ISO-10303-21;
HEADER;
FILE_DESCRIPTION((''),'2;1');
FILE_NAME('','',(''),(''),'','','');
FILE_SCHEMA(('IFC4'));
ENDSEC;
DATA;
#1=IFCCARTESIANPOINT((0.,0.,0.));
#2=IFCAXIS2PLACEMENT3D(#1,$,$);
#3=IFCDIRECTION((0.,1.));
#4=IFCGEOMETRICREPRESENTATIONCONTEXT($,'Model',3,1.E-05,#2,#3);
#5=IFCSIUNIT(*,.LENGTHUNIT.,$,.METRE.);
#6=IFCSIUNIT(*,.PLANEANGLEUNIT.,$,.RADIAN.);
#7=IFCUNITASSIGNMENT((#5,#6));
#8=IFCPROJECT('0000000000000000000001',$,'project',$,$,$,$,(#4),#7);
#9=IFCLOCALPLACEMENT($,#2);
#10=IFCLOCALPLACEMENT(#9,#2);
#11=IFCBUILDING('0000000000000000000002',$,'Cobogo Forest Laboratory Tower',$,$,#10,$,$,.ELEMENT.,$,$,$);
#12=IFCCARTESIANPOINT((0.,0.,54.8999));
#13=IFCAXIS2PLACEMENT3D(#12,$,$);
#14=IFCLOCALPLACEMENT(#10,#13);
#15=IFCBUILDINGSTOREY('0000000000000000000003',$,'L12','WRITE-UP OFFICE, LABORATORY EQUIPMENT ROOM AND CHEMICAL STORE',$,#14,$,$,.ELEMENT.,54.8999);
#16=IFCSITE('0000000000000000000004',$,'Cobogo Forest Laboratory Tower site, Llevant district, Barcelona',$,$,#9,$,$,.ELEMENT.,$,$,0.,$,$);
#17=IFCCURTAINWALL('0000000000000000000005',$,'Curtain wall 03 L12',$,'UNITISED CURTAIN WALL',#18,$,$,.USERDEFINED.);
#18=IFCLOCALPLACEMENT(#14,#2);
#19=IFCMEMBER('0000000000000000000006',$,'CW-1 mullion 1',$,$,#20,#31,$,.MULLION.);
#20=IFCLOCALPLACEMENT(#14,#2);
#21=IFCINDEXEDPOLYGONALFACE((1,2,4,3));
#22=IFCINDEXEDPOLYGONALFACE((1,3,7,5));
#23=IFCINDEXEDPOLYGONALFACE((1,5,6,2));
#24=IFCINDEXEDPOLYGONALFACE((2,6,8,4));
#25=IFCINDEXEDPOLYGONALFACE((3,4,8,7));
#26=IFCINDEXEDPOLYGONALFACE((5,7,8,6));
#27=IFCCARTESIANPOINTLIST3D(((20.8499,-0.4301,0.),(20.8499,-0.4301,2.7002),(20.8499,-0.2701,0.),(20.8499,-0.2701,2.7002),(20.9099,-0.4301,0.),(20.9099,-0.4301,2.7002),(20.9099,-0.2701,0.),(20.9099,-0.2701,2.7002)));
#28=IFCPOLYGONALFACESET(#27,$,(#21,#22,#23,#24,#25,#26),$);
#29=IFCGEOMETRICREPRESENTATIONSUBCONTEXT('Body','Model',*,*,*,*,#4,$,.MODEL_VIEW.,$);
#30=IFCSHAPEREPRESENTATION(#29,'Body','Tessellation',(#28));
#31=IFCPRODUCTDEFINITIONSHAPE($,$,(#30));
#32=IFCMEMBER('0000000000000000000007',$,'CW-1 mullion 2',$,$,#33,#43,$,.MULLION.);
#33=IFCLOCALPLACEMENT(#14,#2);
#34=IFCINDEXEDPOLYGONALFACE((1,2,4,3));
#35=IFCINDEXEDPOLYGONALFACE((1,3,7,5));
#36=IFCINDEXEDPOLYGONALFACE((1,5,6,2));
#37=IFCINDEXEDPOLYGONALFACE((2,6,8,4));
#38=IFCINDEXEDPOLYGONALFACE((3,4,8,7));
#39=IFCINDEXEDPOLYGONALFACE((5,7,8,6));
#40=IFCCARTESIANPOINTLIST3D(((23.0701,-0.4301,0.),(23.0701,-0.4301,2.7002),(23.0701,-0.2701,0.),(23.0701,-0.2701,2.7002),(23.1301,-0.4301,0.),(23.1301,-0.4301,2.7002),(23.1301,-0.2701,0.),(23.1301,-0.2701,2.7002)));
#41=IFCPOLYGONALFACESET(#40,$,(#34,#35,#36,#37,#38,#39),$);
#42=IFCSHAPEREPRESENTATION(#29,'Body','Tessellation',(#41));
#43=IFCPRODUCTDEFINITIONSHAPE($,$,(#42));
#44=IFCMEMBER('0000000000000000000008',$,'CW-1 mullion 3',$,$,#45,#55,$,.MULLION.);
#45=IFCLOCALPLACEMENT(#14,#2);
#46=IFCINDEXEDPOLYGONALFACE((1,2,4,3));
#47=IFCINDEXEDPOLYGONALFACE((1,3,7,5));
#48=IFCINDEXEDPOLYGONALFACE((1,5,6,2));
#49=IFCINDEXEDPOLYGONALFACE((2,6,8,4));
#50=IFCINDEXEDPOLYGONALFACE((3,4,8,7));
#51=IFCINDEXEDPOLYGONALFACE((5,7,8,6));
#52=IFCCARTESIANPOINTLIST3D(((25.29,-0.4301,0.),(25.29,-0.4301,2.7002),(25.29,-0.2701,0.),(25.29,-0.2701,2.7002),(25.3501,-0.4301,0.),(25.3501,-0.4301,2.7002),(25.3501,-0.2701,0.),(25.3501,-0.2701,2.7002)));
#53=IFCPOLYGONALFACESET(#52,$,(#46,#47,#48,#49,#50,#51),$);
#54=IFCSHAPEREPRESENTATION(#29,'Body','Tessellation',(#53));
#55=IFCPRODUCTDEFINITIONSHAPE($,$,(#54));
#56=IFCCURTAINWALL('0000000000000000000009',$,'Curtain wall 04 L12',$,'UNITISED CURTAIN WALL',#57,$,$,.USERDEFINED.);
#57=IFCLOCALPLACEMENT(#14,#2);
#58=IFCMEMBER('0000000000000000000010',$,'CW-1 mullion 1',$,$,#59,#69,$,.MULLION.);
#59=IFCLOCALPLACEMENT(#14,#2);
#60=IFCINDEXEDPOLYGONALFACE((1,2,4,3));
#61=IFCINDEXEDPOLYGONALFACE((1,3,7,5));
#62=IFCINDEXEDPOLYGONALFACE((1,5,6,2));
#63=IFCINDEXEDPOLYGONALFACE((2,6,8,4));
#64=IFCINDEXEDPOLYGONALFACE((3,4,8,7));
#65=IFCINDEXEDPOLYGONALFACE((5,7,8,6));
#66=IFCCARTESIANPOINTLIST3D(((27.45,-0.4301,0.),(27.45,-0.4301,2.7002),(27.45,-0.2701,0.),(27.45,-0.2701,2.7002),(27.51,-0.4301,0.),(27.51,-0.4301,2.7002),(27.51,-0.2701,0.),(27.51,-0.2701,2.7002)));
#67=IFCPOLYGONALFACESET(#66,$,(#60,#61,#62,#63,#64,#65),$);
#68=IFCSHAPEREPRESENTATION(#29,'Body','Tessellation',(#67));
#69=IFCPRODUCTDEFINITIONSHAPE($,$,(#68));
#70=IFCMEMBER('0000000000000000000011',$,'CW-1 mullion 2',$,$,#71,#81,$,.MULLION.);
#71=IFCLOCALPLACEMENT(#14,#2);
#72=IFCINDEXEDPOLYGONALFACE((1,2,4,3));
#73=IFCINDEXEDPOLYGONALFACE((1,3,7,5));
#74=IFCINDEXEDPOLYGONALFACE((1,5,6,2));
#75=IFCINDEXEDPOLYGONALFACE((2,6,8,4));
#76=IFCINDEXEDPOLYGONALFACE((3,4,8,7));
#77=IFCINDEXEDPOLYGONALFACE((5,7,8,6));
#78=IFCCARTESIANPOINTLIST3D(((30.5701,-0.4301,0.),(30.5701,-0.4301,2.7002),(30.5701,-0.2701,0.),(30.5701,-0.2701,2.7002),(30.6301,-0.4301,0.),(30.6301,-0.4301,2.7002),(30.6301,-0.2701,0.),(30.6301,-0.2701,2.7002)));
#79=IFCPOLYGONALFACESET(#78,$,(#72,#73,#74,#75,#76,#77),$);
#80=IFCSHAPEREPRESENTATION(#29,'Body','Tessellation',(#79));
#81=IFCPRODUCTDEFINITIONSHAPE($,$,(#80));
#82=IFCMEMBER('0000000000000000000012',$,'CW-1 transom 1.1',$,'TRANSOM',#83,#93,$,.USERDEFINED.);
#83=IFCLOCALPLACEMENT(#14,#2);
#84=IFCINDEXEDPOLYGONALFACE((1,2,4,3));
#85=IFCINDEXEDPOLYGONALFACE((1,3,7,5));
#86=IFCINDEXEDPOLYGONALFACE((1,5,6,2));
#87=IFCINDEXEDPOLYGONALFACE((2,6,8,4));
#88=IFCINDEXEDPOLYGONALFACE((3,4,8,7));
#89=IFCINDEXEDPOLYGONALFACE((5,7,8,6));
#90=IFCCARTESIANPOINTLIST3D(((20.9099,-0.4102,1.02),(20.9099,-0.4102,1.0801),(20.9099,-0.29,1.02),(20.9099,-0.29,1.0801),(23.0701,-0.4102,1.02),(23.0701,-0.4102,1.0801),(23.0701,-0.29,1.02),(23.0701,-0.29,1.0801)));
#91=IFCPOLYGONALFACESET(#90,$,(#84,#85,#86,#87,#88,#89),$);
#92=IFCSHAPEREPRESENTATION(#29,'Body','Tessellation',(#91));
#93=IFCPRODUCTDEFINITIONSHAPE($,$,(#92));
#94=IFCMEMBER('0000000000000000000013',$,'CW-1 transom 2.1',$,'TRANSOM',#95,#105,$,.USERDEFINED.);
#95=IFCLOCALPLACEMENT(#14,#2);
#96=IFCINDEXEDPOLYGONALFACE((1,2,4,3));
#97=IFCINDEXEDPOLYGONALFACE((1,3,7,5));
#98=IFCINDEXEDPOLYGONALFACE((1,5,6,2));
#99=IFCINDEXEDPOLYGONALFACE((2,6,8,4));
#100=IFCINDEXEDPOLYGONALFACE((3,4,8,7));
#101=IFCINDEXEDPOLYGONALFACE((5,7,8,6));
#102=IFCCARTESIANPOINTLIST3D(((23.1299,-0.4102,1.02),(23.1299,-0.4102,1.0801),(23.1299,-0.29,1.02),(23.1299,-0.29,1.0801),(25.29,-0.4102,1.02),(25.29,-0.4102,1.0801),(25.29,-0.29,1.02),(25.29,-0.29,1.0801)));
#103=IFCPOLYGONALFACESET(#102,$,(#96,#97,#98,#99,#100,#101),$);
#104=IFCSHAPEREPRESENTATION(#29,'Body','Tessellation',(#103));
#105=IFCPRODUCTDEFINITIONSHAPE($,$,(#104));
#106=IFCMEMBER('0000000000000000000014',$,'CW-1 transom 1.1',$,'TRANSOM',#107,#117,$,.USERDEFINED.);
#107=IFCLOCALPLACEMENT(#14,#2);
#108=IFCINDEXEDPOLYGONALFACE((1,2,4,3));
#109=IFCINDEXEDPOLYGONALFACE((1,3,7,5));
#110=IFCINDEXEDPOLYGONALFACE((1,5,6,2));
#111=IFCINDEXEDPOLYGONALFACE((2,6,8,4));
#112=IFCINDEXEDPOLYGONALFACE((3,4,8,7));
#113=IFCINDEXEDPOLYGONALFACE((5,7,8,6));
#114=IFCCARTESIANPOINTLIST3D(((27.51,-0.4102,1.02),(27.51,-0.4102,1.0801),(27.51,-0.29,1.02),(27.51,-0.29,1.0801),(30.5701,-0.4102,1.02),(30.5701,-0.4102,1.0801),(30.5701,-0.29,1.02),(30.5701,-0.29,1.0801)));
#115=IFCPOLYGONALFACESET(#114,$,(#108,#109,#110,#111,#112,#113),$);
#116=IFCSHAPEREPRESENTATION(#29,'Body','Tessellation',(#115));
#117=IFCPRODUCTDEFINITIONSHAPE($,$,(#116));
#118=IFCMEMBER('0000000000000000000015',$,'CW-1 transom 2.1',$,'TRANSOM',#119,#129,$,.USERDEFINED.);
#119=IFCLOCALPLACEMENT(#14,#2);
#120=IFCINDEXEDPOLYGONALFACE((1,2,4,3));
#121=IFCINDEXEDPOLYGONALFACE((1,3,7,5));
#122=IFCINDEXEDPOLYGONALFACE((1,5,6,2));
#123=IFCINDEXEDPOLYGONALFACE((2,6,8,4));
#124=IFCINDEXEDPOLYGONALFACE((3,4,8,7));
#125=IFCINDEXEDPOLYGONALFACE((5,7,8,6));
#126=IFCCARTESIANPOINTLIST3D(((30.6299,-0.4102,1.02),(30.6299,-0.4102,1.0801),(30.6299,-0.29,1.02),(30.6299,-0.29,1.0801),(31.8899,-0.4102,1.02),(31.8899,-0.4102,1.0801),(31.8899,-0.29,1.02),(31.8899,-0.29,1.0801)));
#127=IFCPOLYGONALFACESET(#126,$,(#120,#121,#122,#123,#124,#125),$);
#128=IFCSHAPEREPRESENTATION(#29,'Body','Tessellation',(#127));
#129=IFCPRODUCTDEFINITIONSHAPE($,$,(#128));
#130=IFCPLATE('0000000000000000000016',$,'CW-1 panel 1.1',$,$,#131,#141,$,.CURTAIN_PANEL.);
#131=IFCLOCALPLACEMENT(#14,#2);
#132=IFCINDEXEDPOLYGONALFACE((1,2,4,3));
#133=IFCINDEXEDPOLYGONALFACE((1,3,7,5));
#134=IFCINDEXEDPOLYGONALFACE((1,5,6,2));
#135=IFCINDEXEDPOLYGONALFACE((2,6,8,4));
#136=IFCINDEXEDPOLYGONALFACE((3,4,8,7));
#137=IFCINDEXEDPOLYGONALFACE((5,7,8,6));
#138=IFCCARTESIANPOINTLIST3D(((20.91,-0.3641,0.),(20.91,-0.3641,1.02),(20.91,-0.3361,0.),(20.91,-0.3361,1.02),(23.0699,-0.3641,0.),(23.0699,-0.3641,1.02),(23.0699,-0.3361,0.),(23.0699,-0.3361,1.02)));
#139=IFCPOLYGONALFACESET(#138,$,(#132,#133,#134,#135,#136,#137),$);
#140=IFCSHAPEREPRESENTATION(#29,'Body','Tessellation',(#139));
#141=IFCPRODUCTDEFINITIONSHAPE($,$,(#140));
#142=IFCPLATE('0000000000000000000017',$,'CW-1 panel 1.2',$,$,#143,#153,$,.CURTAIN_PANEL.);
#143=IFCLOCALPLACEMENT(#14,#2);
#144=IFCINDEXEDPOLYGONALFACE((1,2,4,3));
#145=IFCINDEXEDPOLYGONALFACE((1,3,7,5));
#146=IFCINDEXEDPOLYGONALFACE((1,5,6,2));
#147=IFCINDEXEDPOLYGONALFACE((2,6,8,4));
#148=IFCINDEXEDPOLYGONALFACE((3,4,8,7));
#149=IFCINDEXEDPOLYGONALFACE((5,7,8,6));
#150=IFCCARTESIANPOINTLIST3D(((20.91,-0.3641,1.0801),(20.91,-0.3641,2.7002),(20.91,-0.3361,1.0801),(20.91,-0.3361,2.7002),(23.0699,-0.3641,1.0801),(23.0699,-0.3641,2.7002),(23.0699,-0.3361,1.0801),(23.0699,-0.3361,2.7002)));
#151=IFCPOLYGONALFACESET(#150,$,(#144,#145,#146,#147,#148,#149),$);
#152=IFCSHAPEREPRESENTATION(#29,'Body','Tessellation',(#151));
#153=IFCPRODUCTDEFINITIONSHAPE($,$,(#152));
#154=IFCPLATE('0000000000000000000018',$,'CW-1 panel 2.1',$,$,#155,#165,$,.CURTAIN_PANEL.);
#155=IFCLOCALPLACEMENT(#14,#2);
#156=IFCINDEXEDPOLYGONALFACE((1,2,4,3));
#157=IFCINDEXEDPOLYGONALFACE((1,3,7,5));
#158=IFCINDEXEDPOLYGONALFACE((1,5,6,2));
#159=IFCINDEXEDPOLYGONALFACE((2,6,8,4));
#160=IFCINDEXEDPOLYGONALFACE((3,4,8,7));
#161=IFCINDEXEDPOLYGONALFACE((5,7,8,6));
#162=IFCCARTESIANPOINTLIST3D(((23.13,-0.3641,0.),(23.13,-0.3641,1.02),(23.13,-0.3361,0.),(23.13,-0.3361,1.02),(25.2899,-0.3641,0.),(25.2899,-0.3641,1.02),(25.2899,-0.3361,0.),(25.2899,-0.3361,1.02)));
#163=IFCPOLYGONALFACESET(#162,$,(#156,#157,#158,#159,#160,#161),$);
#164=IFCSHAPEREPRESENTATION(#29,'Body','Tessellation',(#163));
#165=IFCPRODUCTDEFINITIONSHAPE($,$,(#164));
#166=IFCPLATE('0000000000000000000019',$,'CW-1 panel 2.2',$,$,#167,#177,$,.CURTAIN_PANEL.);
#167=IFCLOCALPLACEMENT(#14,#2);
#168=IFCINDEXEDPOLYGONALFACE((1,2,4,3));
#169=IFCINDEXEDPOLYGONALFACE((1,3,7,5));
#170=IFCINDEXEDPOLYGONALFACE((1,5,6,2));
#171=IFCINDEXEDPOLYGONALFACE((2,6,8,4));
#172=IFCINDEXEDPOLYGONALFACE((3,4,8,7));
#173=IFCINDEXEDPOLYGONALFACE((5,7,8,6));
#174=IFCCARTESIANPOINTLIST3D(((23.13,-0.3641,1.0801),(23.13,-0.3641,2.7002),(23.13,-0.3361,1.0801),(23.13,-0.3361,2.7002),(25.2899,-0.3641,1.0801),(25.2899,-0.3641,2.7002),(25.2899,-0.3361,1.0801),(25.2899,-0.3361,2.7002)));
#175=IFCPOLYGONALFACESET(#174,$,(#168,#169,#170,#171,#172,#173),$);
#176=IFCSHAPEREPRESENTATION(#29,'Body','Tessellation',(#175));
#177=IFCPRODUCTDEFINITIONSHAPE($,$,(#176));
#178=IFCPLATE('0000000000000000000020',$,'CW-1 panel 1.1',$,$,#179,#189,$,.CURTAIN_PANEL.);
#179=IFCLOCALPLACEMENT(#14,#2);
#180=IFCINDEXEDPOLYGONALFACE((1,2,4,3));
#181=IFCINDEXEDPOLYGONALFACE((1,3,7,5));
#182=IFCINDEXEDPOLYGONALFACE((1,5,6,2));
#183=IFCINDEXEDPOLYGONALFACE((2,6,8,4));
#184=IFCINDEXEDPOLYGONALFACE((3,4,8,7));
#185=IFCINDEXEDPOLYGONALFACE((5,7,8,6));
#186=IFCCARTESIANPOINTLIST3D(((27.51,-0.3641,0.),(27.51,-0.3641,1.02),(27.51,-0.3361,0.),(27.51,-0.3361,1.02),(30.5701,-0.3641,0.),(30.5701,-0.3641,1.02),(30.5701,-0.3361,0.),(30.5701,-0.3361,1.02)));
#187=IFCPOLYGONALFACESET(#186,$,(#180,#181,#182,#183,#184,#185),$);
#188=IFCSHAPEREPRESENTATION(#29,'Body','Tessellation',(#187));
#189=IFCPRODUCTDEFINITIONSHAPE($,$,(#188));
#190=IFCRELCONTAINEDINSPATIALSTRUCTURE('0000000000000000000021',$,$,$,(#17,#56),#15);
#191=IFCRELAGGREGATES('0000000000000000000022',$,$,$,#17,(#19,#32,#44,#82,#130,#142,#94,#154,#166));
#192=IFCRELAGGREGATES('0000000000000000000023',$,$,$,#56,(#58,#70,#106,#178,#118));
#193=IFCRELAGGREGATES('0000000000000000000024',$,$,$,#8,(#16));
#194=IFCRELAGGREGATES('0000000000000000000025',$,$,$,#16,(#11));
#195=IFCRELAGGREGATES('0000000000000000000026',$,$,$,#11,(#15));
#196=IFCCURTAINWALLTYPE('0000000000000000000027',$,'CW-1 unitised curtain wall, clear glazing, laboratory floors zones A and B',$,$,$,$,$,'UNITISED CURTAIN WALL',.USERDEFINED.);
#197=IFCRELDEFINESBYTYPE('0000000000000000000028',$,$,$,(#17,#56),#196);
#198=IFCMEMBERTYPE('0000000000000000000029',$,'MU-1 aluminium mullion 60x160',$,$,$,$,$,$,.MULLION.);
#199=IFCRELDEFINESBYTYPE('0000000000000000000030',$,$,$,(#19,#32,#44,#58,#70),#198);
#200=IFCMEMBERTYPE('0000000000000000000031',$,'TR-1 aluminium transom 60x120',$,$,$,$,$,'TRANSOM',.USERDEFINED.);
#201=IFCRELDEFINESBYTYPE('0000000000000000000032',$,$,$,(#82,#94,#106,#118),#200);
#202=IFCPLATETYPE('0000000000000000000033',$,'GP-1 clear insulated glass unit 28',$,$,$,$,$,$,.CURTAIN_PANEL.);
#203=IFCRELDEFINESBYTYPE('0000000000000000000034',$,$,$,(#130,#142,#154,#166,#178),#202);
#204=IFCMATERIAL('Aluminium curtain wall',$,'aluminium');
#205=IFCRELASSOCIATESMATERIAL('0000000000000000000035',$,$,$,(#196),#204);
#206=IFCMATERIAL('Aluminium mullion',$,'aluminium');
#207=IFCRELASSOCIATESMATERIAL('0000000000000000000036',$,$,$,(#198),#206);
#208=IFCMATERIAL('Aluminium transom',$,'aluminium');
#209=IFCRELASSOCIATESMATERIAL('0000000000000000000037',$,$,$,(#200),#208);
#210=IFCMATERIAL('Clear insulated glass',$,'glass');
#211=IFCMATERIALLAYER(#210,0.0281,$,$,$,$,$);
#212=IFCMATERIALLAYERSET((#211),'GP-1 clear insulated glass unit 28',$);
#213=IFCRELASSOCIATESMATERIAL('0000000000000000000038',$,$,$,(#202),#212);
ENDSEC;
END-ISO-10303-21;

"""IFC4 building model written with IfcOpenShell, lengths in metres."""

from ifc_helpers import new_model, si_unit, direction, frame, origin, origin_2d, place, context, subcontext, project, spatial, rectangle, extrude, material, layer, layer_set, material_profile, profile_set, type_object, element, aggregate, save


model = new_model("IFC4")

# Units and contexts
model_context = context("Model", 3, precision=1e-05, world=origin(), true_north=direction((0.0, 1.0)))
body_context = subcontext(model_context, "Body", "Model", "MODEL_VIEW")
ifc_project = project(units=[si_unit("LENGTHUNIT", "METRE"), si_unit("PLANEANGLEUNIT", "RADIAN")], contexts=[model_context])

# Site, building, storey
site_placement = place(None, origin())
site = spatial("IfcSite", under=ifc_project, at=site_placement, Name="Cobogo Forest Laboratory Tower site, Llevant district, Barcelona", CompositionType="ELEMENT", RefElevation=0.0)
building_placement = place(site_placement, origin())
building = spatial("IfcBuilding", under=site, at=building_placement, Name="Cobogo Forest Laboratory Tower", CompositionType="ELEMENT")
storey_placement = place(building_placement, frame((0.0, 0.0, 54.8999)))
storey = spatial("IfcBuildingStorey", under=building, at=storey_placement, Name="L12", Description="WRITE-UP OFFICE, LABORATORY EQUIPMENT ROOM AND CHEMICAL STORE", CompositionType="ELEMENT", Elevation=54.8999)

# Curtain walls, members
ifc_material_1 = material(Name="Aluminium curtain wall", Category="aluminium")
curtain_wall_type = type_object("IfcCurtainWallType", Name="CW-1 unitised curtain wall, clear glazing, laboratory floors zones A and B", ElementType="UNITISED CURTAIN WALL", PredefinedType="USERDEFINED", material=ifc_material_1)
curtain_wall_1_placement = place(storey_placement, origin())
curtain_wall_1 = element("IfcCurtainWall", 1, at=curtain_wall_1_placement, inside=storey, type_object=curtain_wall_type, Name="Curtain wall 03 L12", ObjectType="UNITISED CURTAIN WALL", PredefinedType="USERDEFINED")
ifc_material_2 = material(Name="Aluminium mullion", Category="aluminium")
ifc_material_profile_1 = material_profile(ifc_material_2, rectangle(XDim=0.0601, YDim=0.1599, at=origin_2d()), Name="AL 60x160")
ifc_profile_set_1 = profile_set([ifc_material_profile_1], Name="Aluminium mullion")
member_type_1 = type_object("IfcMemberType", Name="MU-1 aluminium mullion 60x160", PredefinedType="MULLION", material=ifc_profile_set_1)
member_1_placement = place(storey_placement, frame((20.8799, -0.3501, 0.0), z_axis=(0.0, 0.0, 1.0), x_axis=(1.0, 0.0, 0.0)))
member_1 = element("IfcMember", 2, at=member_1_placement, type_object=member_type_1, Name="CW-1 mullion 1", PredefinedType="MULLION", context=body_context, shape_type="SweptSolid", body=[
    extrude(rectangle(XDim=0.0601, YDim=0.1599, at=origin_2d()), origin(), (0.0, 0.0, 1.0), 2.7002),
])
member_2_placement = place(storey_placement, frame((23.1001, -0.3501, 0.0), z_axis=(0.0, 0.0, 1.0), x_axis=(1.0, 0.0, 0.0)))
member_2 = element("IfcMember", 3, at=member_2_placement, type_object=member_type_1, Name="CW-1 mullion 2", PredefinedType="MULLION", context=body_context, shape_type="SweptSolid", body=[
    extrude(rectangle(XDim=0.0601, YDim=0.1599, at=origin_2d()), origin(), (0.0, 0.0, 1.0), 2.7002),
])
member_3_placement = place(storey_placement, frame((25.3201, -0.3501, 0.0), z_axis=(0.0, 0.0, 1.0), x_axis=(1.0, 0.0, 0.0)))
member_3 = element("IfcMember", 4, at=member_3_placement, type_object=member_type_1, Name="CW-1 mullion 3", PredefinedType="MULLION", context=body_context, shape_type="SweptSolid", body=[
    extrude(rectangle(XDim=0.0601, YDim=0.1599, at=origin_2d()), origin(), (0.0, 0.0, 1.0), 2.7002),
])
curtain_wall_2_placement = place(storey_placement, origin())
curtain_wall_2 = element("IfcCurtainWall", 5, at=curtain_wall_2_placement, inside=storey, type_object=curtain_wall_type, Name="Curtain wall 04 L12", ObjectType="UNITISED CURTAIN WALL", PredefinedType="USERDEFINED")
member_4_placement = place(storey_placement, frame((27.48, -0.3501, 0.0), z_axis=(0.0, 0.0, 1.0), x_axis=(1.0, 0.0, 0.0)))
member_4 = element("IfcMember", 6, at=member_4_placement, type_object=member_type_1, Name="CW-1 mullion 1", PredefinedType="MULLION", context=body_context, shape_type="SweptSolid", body=[
    extrude(rectangle(XDim=0.0601, YDim=0.1599, at=origin_2d()), origin(), (0.0, 0.0, 1.0), 2.7002),
])
member_5_placement = place(storey_placement, frame((30.6001, -0.3501, 0.0), z_axis=(0.0, 0.0, 1.0), x_axis=(1.0, 0.0, 0.0)))
member_5 = element("IfcMember", 7, at=member_5_placement, type_object=member_type_1, Name="CW-1 mullion 2", PredefinedType="MULLION", context=body_context, shape_type="SweptSolid", body=[
    extrude(rectangle(XDim=0.0601, YDim=0.1599, at=origin_2d()), origin(), (0.0, 0.0, 1.0), 2.7002),
])

# Members
ifc_material_3 = material(Name="Aluminium transom", Category="aluminium")
ifc_material_profile_2 = material_profile(ifc_material_3, rectangle(XDim=0.1201, YDim=0.0601, at=origin_2d()), Name="AL 60x120")
ifc_profile_set_2 = profile_set([ifc_material_profile_2], Name="Aluminium transom")
member_type_2 = type_object("IfcMemberType", Name="TR-1 aluminium transom 60x120", ElementType="TRANSOM", PredefinedType="USERDEFINED", material=ifc_profile_set_2)
member_6_placement = place(storey_placement, frame((20.9099, -0.3501, 1.05), z_axis=(1.0, 0.0, 0.0), x_axis=(0.0, 1.0, 0.0)))
member_6 = element("IfcMember", 8, at=member_6_placement, type_object=member_type_2, Name="CW-1 transom 1.1", ObjectType="TRANSOM", PredefinedType="USERDEFINED", context=body_context, shape_type="SweptSolid", body=[
    extrude(rectangle(XDim=0.1201, YDim=0.0601, at=origin_2d()), origin(), (0.0, 0.0, 1.0), 2.1602),
])
member_7_placement = place(storey_placement, frame((23.1299, -0.3501, 1.05), z_axis=(1.0, 0.0, 0.0), x_axis=(0.0, 1.0, 0.0)))
member_7 = element("IfcMember", 9, at=member_7_placement, type_object=member_type_2, Name="CW-1 transom 2.1", ObjectType="TRANSOM", PredefinedType="USERDEFINED", context=body_context, shape_type="SweptSolid", body=[
    extrude(rectangle(XDim=0.1201, YDim=0.0601, at=origin_2d()), origin(), (0.0, 0.0, 1.0), 2.1602),
])
member_8_placement = place(storey_placement, frame((27.51, -0.3501, 1.05), z_axis=(1.0, 0.0, 0.0), x_axis=(0.0, 1.0, 0.0)))
member_8 = element("IfcMember", 10, at=member_8_placement, type_object=member_type_2, Name="CW-1 transom 1.1", ObjectType="TRANSOM", PredefinedType="USERDEFINED", context=body_context, shape_type="SweptSolid", body=[
    extrude(rectangle(XDim=0.1201, YDim=0.0601, at=origin_2d()), origin(), (0.0, 0.0, 1.0), 3.0601),
])
member_9_placement = place(storey_placement, frame((30.6299, -0.3501, 1.05), z_axis=(1.0, 0.0, 0.0), x_axis=(0.0, 1.0, 0.0)))
member_9 = element("IfcMember", 11, at=member_9_placement, type_object=member_type_2, Name="CW-1 transom 2.1", ObjectType="TRANSOM", PredefinedType="USERDEFINED", context=body_context, shape_type="SweptSolid", body=[
    extrude(rectangle(XDim=0.1201, YDim=0.0601, at=origin_2d()), origin(), (0.0, 0.0, 1.0), 1.26),
])

# Plates
ifc_material_4 = material(Name="Clear insulated glass", Category="glass")
ifc_layer_1 = layer(ifc_material_4, 0.0281)
ifc_layer_set_1 = layer_set([ifc_layer_1], Name="GP-1 clear insulated glass unit 28")
plate_type_1 = type_object("IfcPlateType", Name="GP-1 clear insulated glass unit 28", PredefinedType="CURTAIN_PANEL", material=ifc_layer_set_1)
plate_1_placement = place(storey_placement, frame((21.99, -0.3501, 0.0), z_axis=(0.0, 0.0, 1.0), x_axis=(1.0, 0.0, 0.0)))
plate_1 = element("IfcPlate", 12, at=plate_1_placement, type_object=plate_type_1, Name="CW-1 panel 1.1", PredefinedType="CURTAIN_PANEL", context=body_context, shape_type="SweptSolid", body=[
    extrude(rectangle(XDim=2.1599, YDim=0.0281, at=origin_2d()), origin(), (0.0, 0.0, 1.0), 1.02),
])
plate_2_placement = place(storey_placement, frame((21.99, -0.3501, 1.0801), z_axis=(0.0, 0.0, 1.0), x_axis=(1.0, 0.0, 0.0)))
plate_2 = element("IfcPlate", 13, at=plate_2_placement, type_object=plate_type_1, Name="CW-1 panel 1.2", PredefinedType="CURTAIN_PANEL", context=body_context, shape_type="SweptSolid", body=[
    extrude(rectangle(XDim=2.1599, YDim=0.0281, at=origin_2d()), origin(), (0.0, 0.0, 1.0), 1.6201),
])
plate_3_placement = place(storey_placement, frame((24.21, -0.3501, 0.0), z_axis=(0.0, 0.0, 1.0), x_axis=(1.0, 0.0, 0.0)))
plate_3 = element("IfcPlate", 14, at=plate_3_placement, type_object=plate_type_1, Name="CW-1 panel 2.1", PredefinedType="CURTAIN_PANEL", context=body_context, shape_type="SweptSolid", body=[
    extrude(rectangle(XDim=2.1599, YDim=0.0281, at=origin_2d()), origin(), (0.0, 0.0, 1.0), 1.02),
])
plate_4_placement = place(storey_placement, frame((24.21, -0.3501, 1.0801), z_axis=(0.0, 0.0, 1.0), x_axis=(1.0, 0.0, 0.0)))
plate_4 = element("IfcPlate", 15, at=plate_4_placement, type_object=plate_type_1, Name="CW-1 panel 2.2", PredefinedType="CURTAIN_PANEL", context=body_context, shape_type="SweptSolid", body=[
    extrude(rectangle(XDim=2.1599, YDim=0.0281, at=origin_2d()), origin(), (0.0, 0.0, 1.0), 1.6201),
])
aggregate(curtain_wall_1, [member_1, member_2, member_3, member_6, plate_1, plate_2, member_7, plate_3, plate_4])
plate_5_placement = place(storey_placement, frame((29.04, -0.3501, 0.0), z_axis=(0.0, 0.0, 1.0), x_axis=(1.0, 0.0, 0.0)))
plate_5 = element("IfcPlate", 16, at=plate_5_placement, type_object=plate_type_1, Name="CW-1 panel 1.1", PredefinedType="CURTAIN_PANEL", context=body_context, shape_type="SweptSolid", body=[
    extrude(rectangle(XDim=3.0601, YDim=0.0281, at=origin_2d()), origin(), (0.0, 0.0, 1.0), 1.02),
])
aggregate(curtain_wall_2, [member_4, member_5, member_8, plate_5, member_9])

save(model, "model.ifc")
